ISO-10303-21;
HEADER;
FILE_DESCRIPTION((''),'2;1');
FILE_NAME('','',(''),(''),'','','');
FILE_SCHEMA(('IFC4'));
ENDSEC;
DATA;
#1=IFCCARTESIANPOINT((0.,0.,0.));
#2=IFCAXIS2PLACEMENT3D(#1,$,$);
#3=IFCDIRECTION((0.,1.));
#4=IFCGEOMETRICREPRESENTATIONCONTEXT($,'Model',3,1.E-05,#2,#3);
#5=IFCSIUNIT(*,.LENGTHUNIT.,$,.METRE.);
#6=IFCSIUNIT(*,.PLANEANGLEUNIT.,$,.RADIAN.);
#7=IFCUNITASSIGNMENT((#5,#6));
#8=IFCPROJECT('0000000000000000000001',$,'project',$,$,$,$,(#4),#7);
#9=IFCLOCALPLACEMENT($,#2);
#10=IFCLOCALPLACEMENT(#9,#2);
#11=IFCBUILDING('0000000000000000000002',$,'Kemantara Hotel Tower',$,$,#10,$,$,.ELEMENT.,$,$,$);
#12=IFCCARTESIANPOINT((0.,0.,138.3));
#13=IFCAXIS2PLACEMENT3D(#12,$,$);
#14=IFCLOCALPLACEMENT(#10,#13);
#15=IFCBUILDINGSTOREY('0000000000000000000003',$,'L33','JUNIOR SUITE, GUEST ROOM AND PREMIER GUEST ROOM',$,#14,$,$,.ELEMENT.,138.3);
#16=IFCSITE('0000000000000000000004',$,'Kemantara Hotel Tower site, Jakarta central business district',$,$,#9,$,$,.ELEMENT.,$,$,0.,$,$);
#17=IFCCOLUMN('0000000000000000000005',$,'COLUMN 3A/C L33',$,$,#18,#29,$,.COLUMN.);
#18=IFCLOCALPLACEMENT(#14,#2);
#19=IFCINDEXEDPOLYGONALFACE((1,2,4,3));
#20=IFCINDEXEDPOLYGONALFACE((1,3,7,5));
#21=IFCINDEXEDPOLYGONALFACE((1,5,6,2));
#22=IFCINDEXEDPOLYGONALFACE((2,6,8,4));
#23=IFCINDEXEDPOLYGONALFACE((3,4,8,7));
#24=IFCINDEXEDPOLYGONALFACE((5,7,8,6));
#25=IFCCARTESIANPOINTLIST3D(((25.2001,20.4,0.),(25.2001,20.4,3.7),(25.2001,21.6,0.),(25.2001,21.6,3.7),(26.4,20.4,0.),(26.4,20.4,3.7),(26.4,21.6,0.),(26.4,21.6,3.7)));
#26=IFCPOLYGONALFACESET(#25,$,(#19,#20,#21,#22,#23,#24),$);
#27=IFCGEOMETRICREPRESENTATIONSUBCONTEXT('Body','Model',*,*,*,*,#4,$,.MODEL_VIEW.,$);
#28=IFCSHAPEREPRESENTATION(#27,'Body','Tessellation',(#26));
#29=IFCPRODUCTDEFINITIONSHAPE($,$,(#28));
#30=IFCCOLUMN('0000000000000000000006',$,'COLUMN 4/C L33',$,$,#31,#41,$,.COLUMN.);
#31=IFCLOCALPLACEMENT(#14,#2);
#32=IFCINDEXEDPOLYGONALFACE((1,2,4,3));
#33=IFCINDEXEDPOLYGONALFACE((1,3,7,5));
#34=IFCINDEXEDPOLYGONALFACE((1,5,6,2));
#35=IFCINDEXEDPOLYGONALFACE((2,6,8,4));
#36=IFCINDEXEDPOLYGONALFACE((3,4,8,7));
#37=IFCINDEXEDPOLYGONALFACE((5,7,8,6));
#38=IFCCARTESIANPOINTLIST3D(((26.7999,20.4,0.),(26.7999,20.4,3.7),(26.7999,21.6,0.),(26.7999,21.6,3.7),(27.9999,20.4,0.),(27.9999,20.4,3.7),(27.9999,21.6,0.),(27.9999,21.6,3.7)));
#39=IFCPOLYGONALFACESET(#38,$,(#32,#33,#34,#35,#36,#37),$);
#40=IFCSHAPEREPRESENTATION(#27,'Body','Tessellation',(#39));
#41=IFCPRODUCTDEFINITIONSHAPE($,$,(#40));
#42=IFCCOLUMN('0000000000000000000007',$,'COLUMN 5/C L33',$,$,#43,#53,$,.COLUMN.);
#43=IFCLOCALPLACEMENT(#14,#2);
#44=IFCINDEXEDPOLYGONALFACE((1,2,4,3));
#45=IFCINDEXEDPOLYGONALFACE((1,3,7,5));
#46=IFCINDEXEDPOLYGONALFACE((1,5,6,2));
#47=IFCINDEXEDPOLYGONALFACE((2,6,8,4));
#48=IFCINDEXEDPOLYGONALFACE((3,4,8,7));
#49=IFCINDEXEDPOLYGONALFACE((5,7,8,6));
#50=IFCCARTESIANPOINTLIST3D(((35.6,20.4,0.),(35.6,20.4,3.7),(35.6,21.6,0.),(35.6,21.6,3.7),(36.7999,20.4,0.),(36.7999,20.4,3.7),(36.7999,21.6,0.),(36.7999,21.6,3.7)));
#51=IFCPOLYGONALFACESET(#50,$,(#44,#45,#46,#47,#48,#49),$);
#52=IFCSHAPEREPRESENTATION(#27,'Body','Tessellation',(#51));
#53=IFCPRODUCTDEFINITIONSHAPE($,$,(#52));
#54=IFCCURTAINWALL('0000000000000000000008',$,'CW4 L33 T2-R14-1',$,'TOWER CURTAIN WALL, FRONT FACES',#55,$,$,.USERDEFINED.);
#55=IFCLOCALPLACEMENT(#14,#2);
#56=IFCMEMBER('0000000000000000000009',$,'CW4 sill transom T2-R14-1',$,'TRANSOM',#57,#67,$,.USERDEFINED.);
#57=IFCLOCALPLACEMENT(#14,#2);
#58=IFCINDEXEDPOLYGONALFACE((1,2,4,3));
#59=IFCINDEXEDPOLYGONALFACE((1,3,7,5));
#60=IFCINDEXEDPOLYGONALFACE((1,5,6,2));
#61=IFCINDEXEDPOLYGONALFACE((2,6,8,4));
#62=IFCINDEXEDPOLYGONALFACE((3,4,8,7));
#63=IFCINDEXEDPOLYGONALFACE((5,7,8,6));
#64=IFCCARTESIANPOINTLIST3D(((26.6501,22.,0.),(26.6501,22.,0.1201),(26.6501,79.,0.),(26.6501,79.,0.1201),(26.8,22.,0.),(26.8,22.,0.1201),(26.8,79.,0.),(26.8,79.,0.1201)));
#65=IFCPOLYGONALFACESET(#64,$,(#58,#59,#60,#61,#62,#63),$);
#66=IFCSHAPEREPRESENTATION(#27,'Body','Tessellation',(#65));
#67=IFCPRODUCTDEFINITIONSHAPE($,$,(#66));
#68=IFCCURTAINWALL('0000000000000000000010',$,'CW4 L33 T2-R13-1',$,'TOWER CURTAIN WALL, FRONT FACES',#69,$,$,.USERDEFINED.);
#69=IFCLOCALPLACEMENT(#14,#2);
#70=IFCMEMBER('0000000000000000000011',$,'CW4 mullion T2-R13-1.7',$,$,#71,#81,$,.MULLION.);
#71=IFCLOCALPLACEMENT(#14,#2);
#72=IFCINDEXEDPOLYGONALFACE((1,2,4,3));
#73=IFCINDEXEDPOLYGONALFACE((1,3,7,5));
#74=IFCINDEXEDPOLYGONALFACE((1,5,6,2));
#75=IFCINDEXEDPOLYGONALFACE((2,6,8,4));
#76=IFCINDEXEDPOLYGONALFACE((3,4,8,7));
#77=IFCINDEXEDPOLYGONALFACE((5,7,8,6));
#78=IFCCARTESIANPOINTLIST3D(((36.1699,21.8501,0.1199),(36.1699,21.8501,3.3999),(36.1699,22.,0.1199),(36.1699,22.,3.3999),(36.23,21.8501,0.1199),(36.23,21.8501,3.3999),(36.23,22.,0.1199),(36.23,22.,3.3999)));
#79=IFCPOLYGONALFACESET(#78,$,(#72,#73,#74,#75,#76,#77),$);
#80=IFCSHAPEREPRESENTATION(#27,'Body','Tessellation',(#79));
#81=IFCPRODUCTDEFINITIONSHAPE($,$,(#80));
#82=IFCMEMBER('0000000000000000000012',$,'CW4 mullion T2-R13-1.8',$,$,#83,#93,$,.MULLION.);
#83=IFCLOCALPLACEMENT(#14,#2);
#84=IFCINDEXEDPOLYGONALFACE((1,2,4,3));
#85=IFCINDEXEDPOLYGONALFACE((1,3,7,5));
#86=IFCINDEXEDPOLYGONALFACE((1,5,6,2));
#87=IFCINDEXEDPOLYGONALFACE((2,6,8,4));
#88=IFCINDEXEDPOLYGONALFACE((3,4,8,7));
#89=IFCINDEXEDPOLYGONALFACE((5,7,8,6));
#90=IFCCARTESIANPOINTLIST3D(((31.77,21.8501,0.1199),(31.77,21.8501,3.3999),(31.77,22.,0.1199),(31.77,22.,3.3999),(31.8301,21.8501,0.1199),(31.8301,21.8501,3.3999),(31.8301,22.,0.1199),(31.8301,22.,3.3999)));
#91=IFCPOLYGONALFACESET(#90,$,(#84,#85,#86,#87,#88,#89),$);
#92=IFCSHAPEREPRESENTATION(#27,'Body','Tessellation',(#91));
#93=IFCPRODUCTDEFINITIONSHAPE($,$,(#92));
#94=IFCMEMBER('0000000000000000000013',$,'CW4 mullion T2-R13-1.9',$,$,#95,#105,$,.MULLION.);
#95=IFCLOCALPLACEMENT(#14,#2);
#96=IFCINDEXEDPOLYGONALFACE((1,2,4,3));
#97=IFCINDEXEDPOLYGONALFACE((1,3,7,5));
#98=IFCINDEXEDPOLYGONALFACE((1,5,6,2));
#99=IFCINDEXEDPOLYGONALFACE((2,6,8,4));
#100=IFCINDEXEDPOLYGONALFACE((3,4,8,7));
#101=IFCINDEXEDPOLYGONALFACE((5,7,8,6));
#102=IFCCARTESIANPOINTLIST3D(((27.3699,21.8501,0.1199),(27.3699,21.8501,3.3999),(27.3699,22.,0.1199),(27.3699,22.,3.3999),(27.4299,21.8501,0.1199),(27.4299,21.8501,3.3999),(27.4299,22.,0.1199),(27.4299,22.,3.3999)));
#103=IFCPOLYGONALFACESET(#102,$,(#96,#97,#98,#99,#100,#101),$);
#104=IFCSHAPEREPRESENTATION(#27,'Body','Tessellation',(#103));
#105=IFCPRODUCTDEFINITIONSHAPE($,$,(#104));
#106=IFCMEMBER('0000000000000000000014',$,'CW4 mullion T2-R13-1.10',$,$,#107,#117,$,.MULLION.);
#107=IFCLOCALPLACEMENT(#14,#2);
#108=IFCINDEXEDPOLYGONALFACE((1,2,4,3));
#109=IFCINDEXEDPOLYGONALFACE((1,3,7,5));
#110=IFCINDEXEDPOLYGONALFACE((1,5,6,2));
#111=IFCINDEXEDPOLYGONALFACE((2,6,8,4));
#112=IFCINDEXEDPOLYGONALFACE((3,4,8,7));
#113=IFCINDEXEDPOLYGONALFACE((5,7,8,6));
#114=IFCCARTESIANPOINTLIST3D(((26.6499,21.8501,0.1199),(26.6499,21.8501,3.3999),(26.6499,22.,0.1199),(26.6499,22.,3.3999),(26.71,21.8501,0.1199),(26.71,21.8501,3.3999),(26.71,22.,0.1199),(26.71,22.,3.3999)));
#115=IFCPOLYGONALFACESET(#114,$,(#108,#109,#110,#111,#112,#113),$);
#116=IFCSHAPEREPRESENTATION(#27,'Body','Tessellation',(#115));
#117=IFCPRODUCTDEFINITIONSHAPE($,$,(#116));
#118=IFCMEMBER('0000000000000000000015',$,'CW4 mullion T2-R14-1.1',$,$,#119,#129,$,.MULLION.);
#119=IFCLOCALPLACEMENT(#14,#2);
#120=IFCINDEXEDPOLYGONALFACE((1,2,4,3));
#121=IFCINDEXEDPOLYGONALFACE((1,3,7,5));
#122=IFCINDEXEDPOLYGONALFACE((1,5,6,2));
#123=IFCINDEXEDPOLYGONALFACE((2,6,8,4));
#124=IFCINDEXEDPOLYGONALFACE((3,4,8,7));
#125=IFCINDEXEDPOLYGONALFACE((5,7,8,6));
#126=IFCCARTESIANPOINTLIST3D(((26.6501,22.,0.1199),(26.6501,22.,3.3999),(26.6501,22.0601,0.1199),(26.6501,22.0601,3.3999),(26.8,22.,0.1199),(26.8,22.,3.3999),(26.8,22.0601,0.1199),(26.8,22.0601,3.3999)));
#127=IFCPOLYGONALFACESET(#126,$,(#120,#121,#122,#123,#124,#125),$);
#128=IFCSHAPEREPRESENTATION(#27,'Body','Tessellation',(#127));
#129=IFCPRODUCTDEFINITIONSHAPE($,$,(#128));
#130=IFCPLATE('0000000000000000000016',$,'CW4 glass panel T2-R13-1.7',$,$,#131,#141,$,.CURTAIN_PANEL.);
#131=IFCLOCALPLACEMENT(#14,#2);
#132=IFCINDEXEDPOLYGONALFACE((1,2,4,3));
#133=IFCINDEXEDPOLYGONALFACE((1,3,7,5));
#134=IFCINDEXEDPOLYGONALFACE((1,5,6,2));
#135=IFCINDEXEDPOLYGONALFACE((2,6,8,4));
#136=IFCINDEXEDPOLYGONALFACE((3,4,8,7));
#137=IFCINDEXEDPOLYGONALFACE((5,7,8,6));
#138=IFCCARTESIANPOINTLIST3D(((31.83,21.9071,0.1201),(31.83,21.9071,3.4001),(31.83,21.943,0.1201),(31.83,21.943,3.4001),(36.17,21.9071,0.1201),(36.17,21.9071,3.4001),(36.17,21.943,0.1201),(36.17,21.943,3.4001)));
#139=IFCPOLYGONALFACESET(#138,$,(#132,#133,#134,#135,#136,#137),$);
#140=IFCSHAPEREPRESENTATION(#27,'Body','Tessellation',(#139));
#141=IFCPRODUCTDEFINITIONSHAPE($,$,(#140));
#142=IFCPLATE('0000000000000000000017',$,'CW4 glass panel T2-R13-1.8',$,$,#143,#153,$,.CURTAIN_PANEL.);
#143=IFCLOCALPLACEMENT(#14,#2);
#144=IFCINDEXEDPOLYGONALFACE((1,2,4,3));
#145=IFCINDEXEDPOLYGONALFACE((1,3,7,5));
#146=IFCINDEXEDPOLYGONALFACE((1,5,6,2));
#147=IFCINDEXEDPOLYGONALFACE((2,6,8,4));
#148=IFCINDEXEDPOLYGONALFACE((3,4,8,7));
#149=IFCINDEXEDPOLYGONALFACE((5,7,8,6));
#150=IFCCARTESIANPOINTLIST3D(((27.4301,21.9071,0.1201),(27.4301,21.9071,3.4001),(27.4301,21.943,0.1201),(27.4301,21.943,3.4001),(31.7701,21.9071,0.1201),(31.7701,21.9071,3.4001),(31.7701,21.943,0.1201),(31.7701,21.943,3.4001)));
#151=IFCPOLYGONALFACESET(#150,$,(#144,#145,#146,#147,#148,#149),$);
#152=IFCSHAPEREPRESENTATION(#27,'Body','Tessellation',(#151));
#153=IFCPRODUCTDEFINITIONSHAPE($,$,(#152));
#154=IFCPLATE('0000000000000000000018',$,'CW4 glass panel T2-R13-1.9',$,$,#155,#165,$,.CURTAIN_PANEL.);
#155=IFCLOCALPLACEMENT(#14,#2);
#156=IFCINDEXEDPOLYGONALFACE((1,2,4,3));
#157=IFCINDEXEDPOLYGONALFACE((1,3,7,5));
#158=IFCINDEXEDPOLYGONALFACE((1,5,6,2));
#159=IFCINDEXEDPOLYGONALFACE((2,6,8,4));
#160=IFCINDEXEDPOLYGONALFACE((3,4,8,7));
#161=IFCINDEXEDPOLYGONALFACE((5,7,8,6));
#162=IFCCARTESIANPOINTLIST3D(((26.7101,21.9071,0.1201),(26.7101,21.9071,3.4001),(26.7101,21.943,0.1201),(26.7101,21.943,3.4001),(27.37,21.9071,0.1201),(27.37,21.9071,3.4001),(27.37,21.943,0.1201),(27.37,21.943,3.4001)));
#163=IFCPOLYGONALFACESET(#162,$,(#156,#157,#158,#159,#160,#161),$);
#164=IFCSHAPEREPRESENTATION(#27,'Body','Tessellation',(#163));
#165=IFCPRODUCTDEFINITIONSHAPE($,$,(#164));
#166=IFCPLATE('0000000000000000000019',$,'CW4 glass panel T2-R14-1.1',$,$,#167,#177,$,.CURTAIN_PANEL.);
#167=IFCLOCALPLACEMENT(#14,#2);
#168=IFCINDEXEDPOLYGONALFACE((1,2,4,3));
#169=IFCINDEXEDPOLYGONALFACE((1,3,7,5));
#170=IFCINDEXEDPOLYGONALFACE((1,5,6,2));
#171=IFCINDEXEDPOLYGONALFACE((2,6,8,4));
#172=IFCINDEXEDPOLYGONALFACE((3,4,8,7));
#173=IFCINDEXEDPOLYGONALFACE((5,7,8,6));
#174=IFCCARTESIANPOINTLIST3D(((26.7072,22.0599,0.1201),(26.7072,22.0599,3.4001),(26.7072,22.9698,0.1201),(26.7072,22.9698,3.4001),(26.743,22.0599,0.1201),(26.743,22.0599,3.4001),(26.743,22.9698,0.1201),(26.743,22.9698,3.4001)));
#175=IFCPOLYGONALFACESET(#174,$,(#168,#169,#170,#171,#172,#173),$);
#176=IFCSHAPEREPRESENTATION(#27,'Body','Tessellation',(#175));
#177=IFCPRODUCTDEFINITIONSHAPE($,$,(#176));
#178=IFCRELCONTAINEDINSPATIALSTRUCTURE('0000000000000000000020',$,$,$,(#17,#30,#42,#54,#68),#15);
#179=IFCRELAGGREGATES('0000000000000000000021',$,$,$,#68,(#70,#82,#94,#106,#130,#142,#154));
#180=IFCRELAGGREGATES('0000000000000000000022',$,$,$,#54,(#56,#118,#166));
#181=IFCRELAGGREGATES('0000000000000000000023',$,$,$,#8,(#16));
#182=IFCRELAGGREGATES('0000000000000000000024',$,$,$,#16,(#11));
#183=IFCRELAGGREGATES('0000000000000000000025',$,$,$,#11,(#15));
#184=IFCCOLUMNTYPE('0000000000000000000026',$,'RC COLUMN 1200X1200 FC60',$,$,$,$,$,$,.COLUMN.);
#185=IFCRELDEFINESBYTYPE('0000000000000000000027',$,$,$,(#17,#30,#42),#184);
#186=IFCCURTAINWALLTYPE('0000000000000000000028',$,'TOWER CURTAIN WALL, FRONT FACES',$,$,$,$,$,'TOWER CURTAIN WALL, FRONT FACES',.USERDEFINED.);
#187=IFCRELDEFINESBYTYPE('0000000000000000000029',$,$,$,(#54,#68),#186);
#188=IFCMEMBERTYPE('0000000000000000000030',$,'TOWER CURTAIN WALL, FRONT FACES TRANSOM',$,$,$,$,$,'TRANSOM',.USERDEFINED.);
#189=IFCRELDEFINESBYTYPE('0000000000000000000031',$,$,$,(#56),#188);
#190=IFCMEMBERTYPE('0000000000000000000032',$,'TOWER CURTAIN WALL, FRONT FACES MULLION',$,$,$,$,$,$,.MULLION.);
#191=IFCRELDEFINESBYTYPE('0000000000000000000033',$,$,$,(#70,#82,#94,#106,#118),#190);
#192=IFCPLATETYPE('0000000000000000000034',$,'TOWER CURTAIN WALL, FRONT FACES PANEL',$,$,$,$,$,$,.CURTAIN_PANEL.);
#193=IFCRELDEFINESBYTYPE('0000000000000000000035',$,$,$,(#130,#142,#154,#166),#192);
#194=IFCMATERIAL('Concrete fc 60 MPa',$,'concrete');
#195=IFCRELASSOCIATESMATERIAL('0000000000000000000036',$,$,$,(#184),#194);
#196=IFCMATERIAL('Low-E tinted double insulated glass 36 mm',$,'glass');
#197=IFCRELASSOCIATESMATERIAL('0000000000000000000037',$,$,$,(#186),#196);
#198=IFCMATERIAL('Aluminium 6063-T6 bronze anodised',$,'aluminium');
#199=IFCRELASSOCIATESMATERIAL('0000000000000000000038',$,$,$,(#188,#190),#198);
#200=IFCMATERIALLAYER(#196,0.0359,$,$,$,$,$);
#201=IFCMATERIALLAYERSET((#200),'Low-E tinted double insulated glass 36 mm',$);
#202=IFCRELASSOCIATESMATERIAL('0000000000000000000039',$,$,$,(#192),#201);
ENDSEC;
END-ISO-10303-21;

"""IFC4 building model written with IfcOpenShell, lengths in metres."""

from ifc_helpers import new_model, si_unit, direction, frame, origin, origin_2d, place, context, subcontext, project, spatial, rectangle, extrude, source, transform, mapped, material, layer, layer_set, material_profile, profile_set, type_object, element, aggregate, save


model = new_model("IFC4")

# Units and contexts
model_context = context("Model", 3, precision=1e-05, world=origin(), true_north=direction((0.0, 1.0)))
body_context = subcontext(model_context, "Body", "Model", "MODEL_VIEW")
ifc_project = project(units=[si_unit("LENGTHUNIT", "METRE"), si_unit("PLANEANGLEUNIT", "RADIAN")], contexts=[model_context])

# Site, building, storey
site_placement = place(None, origin())
site = spatial("IfcSite", under=ifc_project, at=site_placement, Name="Kemantara Hotel Tower site, Jakarta central business district", CompositionType="ELEMENT", RefElevation=0.0)
building_placement = place(site_placement, origin())
building = spatial("IfcBuilding", under=site, at=building_placement, Name="Kemantara Hotel Tower", CompositionType="ELEMENT")
storey_placement = place(building_placement, frame((0.0, 0.0, 138.3)))
storey = spatial("IfcBuildingStorey", under=building, at=storey_placement, Name="L33", Description="JUNIOR SUITE, GUEST ROOM AND PREMIER GUEST ROOM", CompositionType="ELEMENT", Elevation=138.3)

# Columns
ifc_material_1 = material(Name="Concrete fc 60 MPa", Category="concrete")
ifc_material_profile_1 = material_profile(ifc_material_1, rectangle(XDim=1.2, YDim=1.2, at=origin_2d()), Name="RC 1200X1200")
ifc_profile_set_1 = profile_set([ifc_material_profile_1], Name="Concrete fc 60 MPa")
column_type = type_object("IfcColumnType", Name="RC COLUMN 1200X1200 FC60", PredefinedType="COLUMN", material=ifc_profile_set_1)
for number, where, z_axis, x_axis, name in (
    (1, (25.8, 21.0, 0.0), (0.0, 0.0, 1.0), (1.0, 0.0, 0.0), "COLUMN 3A/C L33"),
    (2, (27.3999, 21.0, 0.0), (0.0, 0.0, 1.0), (1.0, 0.0, 0.0), "COLUMN 4/C L33"),
    (3, (36.2, 21.0, 0.0), (0.0, 0.0, 1.0), (1.0, 0.0, 0.0), "COLUMN 5/C L33"),
):
    element("IfcColumn", number, at=place(storey_placement, frame(where, z_axis=z_axis, x_axis=x_axis)), inside=storey, type_object=column_type, Name=name, PredefinedType="COLUMN", context=body_context, shape_type="SweptSolid", body=[
        extrude(rectangle(XDim=1.2, YDim=1.2, at=origin_2d()), origin(), (0.0, 0.0, 1.0), 3.7),
    ])

# Curtain wall, member
ifc_material_2 = material(Name="Low-E tinted double insulated glass 36 mm", Category="glass")
curtain_wall_type = type_object("IfcCurtainWallType", Name="TOWER CURTAIN WALL, FRONT FACES", ElementType="TOWER CURTAIN WALL, FRONT FACES", PredefinedType="USERDEFINED", material=ifc_material_2)
curtain_wall_1_placement = place(storey_placement, origin())
curtain_wall_1 = element("IfcCurtainWall", 4, at=curtain_wall_1_placement, inside=storey, type_object=curtain_wall_type, Name="CW4 L33 T2-R14-1", ObjectType="TOWER CURTAIN WALL, FRONT FACES", PredefinedType="USERDEFINED")
ifc_material_3 = material(Name="Aluminium 6063-T6 bronze anodised", Category="aluminium")
ifc_material_profile_2 = material_profile(ifc_material_3, rectangle(XDim=0.1499, YDim=0.1201, at=origin_2d()), Name="TOWER CURTAIN WALL, FRONT FACES TRANSOM")
ifc_profile_set_2 = profile_set([ifc_material_profile_2], Name="Aluminium 6063-T6 bronze anodised")
member_type_1 = type_object("IfcMemberType", Name="TOWER CURTAIN WALL, FRONT FACES TRANSOM", ElementType="TRANSOM", PredefinedType="USERDEFINED", material=ifc_profile_set_2)
member_1_placement = place(storey_placement, frame((26.7251, 22.0, 0.0601), z_axis=(0.0, 1.0, 0.0), x_axis=(-1.0, 0.0, 0.0)))
member_1 = element("IfcMember", 5, at=member_1_placement, type_object=member_type_1, Name="CW4 sill transom T2-R14-1", ObjectType="TRANSOM", PredefinedType="USERDEFINED", context=body_context, shape_type="SweptSolid", body=[
    extrude(rectangle(XDim=0.1499, YDim=0.1201, at=origin_2d()), origin(), (0.0, 0.0, 1.0), 57.0),
])

# Curtain wall, members
curtain_wall_2_placement = place(storey_placement, origin())
curtain_wall_2 = element("IfcCurtainWall", 6, at=curtain_wall_2_placement, inside=storey, type_object=curtain_wall_type, Name="CW4 L33 T2-R13-1", ObjectType="TOWER CURTAIN WALL, FRONT FACES", PredefinedType="USERDEFINED")
ifc_material_profile_3 = material_profile(ifc_material_3, rectangle(XDim=0.1499, YDim=0.0601, at=origin_2d()), Name="TOWER CURTAIN WALL, FRONT FACES MULLION")
ifc_profile_set_3 = profile_set([ifc_material_profile_3], Name="Aluminium 6063-T6 bronze anodised")
member_type_2 = type_object("IfcMemberType", Name="TOWER CURTAIN WALL, FRONT FACES MULLION", PredefinedType="MULLION", material=ifc_profile_set_3)
shared_shape_1 = source(origin(), body_context, "Body", "SweptSolid", [
    extrude(rectangle(XDim=0.1499, YDim=0.0601, at=origin_2d()), origin(), (0.0, 0.0, 1.0), 3.28),
])
member_2_placement = place(storey_placement, frame((36.2, 21.925, 0.1199), z_axis=(0.0, 0.0, 1.0), x_axis=(0.0, -1.0, 0.0)))
member_2 = element("IfcMember", 7, at=member_2_placement, type_object=member_type_2, Name="CW4 mullion T2-R13-1.7", PredefinedType="MULLION", context=body_context, shape_type="MappedRepresentation", body=[
    mapped(shared_shape_1, transform((0.0, 0.0, 0.0))),
])
member_3_placement = place(storey_placement, frame((31.8, 21.925, 0.1199), z_axis=(0.0, 0.0, 1.0), x_axis=(0.0, -1.0, 0.0)))
member_3 = element("IfcMember", 8, at=member_3_placement, type_object=member_type_2, Name="CW4 mullion T2-R13-1.8", PredefinedType="MULLION", context=body_context, shape_type="MappedRepresentation", body=[
    mapped(shared_shape_1, transform((0.0, 0.0, 0.0))),
])
member_4_placement = place(storey_placement, frame((27.3999, 21.925, 0.1199), z_axis=(0.0, 0.0, 1.0), x_axis=(0.0, -1.0, 0.0)))
member_4 = element("IfcMember", 9, at=member_4_placement, type_object=member_type_2, Name="CW4 mullion T2-R13-1.9", PredefinedType="MULLION", context=body_context, shape_type="MappedRepresentation", body=[
    mapped(shared_shape_1, transform((0.0, 0.0, 0.0))),
])
member_5_placement = place(storey_placement, frame((26.6799, 21.925, 0.1199), z_axis=(0.0, 0.0, 1.0), x_axis=(0.0, -1.0, 0.0)))
member_5 = element("IfcMember", 10, at=member_5_placement, type_object=member_type_2, Name="CW4 mullion T2-R13-1.10", PredefinedType="MULLION", context=body_context, shape_type="MappedRepresentation", body=[
    mapped(shared_shape_1, transform((0.0, 0.0, 0.0))),
])

# Member
member_6_placement = place(storey_placement, frame((26.7251, 22.03, 0.1199), z_axis=(0.0, 0.0, 1.0), x_axis=(-1.0, 0.0, 0.0)))
member_6 = element("IfcMember", 11, at=member_6_placement, type_object=member_type_2, Name="CW4 mullion T2-R14-1.1", PredefinedType="MULLION", context=body_context, shape_type="MappedRepresentation", body=[
    mapped(shared_shape_1, transform((0.0, 0.0, 0.0))),
])

# Plates
ifc_layer_1 = layer(ifc_material_2, 0.0359)
ifc_layer_set_1 = layer_set([ifc_layer_1], Name="Low-E tinted double insulated glass 36 mm")
plate_type = type_object("IfcPlateType", Name="TOWER CURTAIN WALL, FRONT FACES PANEL", PredefinedType="CURTAIN_PANEL", material=ifc_layer_set_1)
shared_shape_2 = source(origin(), body_context, "Body", "SweptSolid", [
    extrude(rectangle(XDim=4.3401, YDim=0.0359, at=origin_2d()), origin(), (0.0, 0.0, 1.0), 3.28),
])
plate_1_placement = place(storey_placement, frame((34.0, 21.925, 0.1201), z_axis=(0.0, 0.0, 1.0), x_axis=(-1.0, 0.0, 0.0)))
plate_1 = element("IfcPlate", 12, at=plate_1_placement, type_object=plate_type, Name="CW4 glass panel T2-R13-1.7", PredefinedType="CURTAIN_PANEL", context=body_context, shape_type="MappedRepresentation", body=[
    mapped(shared_shape_2, transform((0.0, 0.0, 0.0))),
])
plate_2_placement = place(storey_placement, frame((29.6001, 21.925, 0.1201), z_axis=(0.0, 0.0, 1.0), x_axis=(-1.0, 0.0, 0.0)))
plate_2 = element("IfcPlate", 13, at=plate_2_placement, type_object=plate_type, Name="CW4 glass panel T2-R13-1.8", PredefinedType="CURTAIN_PANEL", context=body_context, shape_type="MappedRepresentation", body=[
    mapped(shared_shape_2, transform((0.0, 0.0, 0.0))),
])
shared_shape_3 = source(origin(), body_context, "Body", "SweptSolid", [
    extrude(rectangle(XDim=0.6599, YDim=0.0359, at=origin_2d()), origin(), (0.0, 0.0, 1.0), 3.28),
])
plate_3_placement = place(storey_placement, frame((27.04, 21.925, 0.1201), z_axis=(0.0, 0.0, 1.0), x_axis=(-1.0, 0.0, 0.0)))
plate_3 = element("IfcPlate", 14, at=plate_3_placement, type_object=plate_type, Name="CW4 glass panel T2-R13-1.9", PredefinedType="CURTAIN_PANEL", context=body_context, shape_type="MappedRepresentation", body=[
    mapped(shared_shape_3, transform((0.0, 0.0, 0.0))),
])
aggregate(curtain_wall_2, [member_2, member_3, member_4, member_5, plate_1, plate_2, plate_3])
shared_shape_4 = source(origin(), body_context, "Body", "SweptSolid", [
    extrude(rectangle(XDim=0.9099, YDim=0.0359, at=origin_2d()), origin(), (0.0, 0.0, 1.0), 3.28),
])
plate_4_placement = place(storey_placement, frame((26.7251, 22.5149, 0.1201), z_axis=(0.0, 0.0, 1.0), x_axis=(0.0, 1.0, 0.0)))
plate_4 = element("IfcPlate", 15, at=plate_4_placement, type_object=plate_type, Name="CW4 glass panel T2-R14-1.1", PredefinedType="CURTAIN_PANEL", context=body_context, shape_type="MappedRepresentation", body=[
    mapped(shared_shape_4, transform((0.0, 0.0, 0.0))),
])
aggregate(curtain_wall_1, [member_1, member_6, plate_4])

save(model, "model.ifc")
